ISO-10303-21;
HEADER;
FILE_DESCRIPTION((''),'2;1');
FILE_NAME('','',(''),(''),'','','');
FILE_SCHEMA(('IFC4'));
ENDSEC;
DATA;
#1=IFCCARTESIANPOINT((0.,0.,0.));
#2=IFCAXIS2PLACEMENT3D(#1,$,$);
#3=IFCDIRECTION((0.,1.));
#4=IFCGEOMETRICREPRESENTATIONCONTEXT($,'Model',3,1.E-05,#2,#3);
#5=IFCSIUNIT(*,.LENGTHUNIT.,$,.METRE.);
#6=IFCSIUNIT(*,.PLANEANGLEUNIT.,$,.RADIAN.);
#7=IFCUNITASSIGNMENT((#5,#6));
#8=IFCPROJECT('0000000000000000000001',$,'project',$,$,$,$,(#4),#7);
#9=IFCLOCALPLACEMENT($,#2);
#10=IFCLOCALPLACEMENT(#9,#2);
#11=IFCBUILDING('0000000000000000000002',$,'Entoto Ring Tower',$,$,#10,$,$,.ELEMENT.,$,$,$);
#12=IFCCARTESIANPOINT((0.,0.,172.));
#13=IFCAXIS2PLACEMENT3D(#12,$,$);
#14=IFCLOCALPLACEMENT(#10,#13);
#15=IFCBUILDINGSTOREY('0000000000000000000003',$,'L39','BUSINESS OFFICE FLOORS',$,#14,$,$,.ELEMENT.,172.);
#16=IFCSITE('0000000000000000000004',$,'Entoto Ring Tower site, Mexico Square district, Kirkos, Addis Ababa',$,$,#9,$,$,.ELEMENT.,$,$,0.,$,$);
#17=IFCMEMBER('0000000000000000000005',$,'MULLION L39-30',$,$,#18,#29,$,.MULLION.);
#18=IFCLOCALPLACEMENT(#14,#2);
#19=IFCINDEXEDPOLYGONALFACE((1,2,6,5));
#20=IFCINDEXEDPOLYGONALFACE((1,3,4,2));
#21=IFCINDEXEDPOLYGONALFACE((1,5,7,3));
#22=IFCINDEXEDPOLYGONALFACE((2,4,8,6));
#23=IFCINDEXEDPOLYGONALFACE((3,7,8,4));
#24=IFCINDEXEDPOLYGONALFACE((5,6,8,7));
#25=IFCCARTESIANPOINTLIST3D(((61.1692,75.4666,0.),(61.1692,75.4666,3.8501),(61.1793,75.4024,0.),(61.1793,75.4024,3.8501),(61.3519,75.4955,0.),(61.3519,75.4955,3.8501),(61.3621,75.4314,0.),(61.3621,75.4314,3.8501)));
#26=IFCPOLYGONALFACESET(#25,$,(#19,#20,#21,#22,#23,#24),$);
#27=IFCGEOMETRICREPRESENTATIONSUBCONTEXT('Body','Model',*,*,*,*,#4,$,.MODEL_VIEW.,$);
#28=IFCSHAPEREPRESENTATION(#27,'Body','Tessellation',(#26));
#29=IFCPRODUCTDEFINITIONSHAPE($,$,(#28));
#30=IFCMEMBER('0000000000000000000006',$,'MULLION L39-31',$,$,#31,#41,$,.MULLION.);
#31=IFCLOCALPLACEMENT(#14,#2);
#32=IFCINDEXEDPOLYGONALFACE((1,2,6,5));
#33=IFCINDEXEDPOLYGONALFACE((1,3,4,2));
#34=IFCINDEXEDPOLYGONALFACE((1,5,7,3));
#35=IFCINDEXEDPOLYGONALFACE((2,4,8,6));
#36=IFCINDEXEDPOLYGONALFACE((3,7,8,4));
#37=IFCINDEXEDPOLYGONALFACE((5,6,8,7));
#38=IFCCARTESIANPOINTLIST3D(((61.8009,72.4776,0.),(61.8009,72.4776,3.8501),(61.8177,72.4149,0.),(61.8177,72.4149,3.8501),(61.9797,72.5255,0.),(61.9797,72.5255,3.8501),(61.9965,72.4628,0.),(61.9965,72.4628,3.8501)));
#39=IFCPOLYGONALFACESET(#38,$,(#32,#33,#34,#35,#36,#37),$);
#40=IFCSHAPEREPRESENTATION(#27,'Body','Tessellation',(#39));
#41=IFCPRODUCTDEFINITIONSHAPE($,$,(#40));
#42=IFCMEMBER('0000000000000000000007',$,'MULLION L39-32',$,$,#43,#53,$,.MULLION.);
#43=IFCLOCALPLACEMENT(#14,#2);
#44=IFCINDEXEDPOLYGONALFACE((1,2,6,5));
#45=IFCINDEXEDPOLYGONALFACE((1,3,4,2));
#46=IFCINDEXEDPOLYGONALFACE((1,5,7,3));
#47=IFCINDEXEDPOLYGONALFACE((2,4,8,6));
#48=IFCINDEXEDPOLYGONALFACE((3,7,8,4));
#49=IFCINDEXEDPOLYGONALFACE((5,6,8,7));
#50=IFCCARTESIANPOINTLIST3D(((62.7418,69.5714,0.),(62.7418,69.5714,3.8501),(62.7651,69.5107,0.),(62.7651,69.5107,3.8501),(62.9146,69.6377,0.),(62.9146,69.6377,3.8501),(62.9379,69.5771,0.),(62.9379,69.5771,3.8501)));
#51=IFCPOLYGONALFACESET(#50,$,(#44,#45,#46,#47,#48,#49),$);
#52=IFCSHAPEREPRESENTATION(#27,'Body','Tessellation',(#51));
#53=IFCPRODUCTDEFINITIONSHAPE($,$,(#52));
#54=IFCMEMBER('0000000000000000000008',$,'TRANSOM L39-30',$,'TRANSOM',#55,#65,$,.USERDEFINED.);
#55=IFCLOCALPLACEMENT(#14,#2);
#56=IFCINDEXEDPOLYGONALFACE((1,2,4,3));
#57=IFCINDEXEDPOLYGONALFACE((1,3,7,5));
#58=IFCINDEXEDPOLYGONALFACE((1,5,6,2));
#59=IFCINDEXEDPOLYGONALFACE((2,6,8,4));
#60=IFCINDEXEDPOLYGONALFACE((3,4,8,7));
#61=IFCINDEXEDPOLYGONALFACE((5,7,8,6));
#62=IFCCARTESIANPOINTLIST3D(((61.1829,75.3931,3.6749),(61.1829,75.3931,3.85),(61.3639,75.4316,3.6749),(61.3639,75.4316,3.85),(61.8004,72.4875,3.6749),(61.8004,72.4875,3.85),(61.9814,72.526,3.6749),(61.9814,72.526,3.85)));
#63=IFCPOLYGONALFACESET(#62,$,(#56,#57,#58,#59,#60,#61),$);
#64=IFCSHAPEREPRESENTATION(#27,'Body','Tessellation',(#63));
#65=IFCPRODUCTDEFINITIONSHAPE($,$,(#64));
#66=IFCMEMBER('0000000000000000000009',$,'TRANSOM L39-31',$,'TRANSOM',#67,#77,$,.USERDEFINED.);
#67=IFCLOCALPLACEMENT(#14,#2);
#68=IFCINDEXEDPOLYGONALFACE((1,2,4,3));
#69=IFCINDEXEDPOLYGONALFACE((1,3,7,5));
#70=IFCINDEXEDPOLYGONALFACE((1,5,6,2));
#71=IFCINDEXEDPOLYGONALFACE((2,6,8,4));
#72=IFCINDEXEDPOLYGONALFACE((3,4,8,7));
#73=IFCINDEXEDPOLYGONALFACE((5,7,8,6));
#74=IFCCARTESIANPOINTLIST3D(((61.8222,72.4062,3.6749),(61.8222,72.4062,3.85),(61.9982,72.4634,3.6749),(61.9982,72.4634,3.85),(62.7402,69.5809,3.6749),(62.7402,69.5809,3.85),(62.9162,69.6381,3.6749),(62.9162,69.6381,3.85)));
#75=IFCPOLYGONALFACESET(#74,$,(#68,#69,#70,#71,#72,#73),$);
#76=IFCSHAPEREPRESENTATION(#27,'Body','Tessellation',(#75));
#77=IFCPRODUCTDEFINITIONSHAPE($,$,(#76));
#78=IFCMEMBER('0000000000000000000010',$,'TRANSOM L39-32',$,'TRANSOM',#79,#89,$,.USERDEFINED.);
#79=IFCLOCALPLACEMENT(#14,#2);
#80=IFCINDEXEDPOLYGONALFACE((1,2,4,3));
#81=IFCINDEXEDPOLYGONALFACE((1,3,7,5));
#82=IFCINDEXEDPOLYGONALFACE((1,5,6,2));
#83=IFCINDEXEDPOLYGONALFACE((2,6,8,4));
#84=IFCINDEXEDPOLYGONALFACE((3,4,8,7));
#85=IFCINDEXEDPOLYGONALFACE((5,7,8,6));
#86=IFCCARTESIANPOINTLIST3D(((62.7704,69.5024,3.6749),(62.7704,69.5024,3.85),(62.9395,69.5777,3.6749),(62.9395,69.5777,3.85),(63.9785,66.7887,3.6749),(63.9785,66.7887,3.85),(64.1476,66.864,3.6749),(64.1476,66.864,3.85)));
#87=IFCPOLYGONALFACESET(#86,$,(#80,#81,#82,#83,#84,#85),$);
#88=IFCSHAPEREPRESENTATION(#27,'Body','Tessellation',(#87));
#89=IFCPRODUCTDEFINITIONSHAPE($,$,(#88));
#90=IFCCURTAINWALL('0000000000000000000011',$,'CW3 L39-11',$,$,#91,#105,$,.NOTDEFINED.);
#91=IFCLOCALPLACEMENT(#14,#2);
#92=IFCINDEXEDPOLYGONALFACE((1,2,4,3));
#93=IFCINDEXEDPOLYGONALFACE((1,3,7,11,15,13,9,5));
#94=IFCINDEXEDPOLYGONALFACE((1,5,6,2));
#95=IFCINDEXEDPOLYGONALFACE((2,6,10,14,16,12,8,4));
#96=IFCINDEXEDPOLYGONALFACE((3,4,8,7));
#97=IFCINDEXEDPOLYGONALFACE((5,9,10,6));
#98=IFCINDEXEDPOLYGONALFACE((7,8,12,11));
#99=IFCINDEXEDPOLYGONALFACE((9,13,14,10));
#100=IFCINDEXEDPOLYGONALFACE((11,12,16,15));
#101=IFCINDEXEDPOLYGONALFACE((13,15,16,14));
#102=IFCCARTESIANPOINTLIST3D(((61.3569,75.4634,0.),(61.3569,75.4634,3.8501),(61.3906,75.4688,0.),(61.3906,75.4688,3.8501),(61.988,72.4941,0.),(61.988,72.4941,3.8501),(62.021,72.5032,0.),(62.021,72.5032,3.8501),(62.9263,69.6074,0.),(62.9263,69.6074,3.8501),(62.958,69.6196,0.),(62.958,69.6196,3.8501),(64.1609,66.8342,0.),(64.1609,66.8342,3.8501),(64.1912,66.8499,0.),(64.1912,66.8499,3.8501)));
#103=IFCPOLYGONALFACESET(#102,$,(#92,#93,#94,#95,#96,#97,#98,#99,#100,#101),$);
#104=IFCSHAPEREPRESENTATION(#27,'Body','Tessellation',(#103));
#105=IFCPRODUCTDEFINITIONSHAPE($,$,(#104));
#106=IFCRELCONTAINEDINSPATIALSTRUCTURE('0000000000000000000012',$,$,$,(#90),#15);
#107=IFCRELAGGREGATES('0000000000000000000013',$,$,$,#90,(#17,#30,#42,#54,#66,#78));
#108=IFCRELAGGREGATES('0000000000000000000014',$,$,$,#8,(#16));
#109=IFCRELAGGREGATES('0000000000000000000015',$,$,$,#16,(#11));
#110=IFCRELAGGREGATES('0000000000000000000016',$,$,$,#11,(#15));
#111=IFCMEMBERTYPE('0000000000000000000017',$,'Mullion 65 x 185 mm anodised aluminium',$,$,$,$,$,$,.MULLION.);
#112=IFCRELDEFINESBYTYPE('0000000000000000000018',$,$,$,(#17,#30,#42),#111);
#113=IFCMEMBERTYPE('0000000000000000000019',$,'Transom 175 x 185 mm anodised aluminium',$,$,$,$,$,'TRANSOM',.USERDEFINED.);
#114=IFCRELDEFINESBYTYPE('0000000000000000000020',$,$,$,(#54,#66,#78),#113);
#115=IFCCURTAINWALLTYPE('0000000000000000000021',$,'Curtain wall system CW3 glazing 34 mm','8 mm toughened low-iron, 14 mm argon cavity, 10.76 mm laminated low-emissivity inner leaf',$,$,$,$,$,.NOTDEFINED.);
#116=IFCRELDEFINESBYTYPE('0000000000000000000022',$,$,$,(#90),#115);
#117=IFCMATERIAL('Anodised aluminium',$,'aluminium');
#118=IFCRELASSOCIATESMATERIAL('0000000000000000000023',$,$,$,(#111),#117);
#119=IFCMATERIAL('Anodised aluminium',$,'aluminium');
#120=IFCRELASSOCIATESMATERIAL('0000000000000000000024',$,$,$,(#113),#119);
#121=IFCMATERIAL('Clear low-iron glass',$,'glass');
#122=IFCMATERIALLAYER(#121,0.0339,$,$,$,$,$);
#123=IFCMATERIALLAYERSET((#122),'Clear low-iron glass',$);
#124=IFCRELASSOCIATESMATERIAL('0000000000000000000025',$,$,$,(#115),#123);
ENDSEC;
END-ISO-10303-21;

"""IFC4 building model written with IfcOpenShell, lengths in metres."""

from ifc_helpers import new_model, si_unit, direction, frame, origin, origin_2d, place, context, subcontext, project, spatial, polyline, rectangle, outline, extrude, material, layer, layer_set, material_profile, profile_set, type_object, element, aggregate, save


model = new_model("IFC4")

# Units and contexts
model_context = context("Model", 3, precision=1e-05, world=origin(), true_north=direction((0.0, 1.0)))
body_context = subcontext(model_context, "Body", "Model", "MODEL_VIEW")
ifc_project = project(units=[si_unit("LENGTHUNIT", "METRE"), si_unit("PLANEANGLEUNIT", "RADIAN")], contexts=[model_context])

# Members
ifc_material_1 = material(Name="Anodised aluminium", Category="aluminium")
ifc_material_profile_1 = material_profile(ifc_material_1, rectangle(XDim=0.0649, YDim=0.1851, at=origin_2d()), Name="Mullion 65 x 185 mm anodised aluminium")
ifc_profile_set_1 = profile_set([ifc_material_profile_1], Name="Anodised aluminium")
member_type_1 = type_object("IfcMemberType", Name="Mullion 65 x 185 mm anodised aluminium", PredefinedType="MULLION", material=ifc_profile_set_1)
site_placement = place(None, origin())
building_placement = place(site_placement, origin())
storey_placement = place(building_placement, frame((0.0, 0.0, 172.0)))
member_1_placement = place(storey_placement, frame((61.2656, 75.449, 0.0), z_axis=(0.0, 0.0, 1.0), x_axis=(0.156434, -0.987688, 0.0)))
member_1 = element("IfcMember", 1, at=member_1_placement, type_object=member_type_1, Name="MULLION L39-30", PredefinedType="MULLION", context=body_context, shape_type="SweptSolid", body=[
    extrude(rectangle(XDim=0.0649, YDim=0.1851, at=origin_2d()), origin(), (0.0, 0.0, 1.0), 3.8501),
])
member_2_placement = place(storey_placement, frame((61.8987, 72.4702, 0.0), z_axis=(0.0, 0.0, 1.0), x_axis=(0.258819, -0.965926, 0.0)))
member_2 = element("IfcMember", 2, at=member_2_placement, type_object=member_type_1, Name="MULLION L39-31", PredefinedType="MULLION", context=body_context, shape_type="SweptSolid", body=[
    extrude(rectangle(XDim=0.0649, YDim=0.1851, at=origin_2d()), origin(), (0.0, 0.0, 1.0), 3.8501),
])
member_3_placement = place(storey_placement, frame((62.8398, 69.5742, 0.0), z_axis=(0.0, 0.0, 1.0), x_axis=(0.358368, -0.93358, 0.0)))
member_3 = element("IfcMember", 3, at=member_3_placement, type_object=member_type_1, Name="MULLION L39-32", PredefinedType="MULLION", context=body_context, shape_type="SweptSolid", body=[
    extrude(rectangle(XDim=0.0649, YDim=0.1851, at=origin_2d()), origin(), (0.0, 0.0, 1.0), 3.8501),
])
ifc_material_2 = material(Name="Anodised aluminium", Category="aluminium")
ifc_material_profile_2 = material_profile(ifc_material_2, rectangle(XDim=0.1851, YDim=0.175, at=origin_2d()), Name="Transom 175 x 185 mm anodised aluminium")
ifc_profile_set_2 = profile_set([ifc_material_profile_2], Name="Anodised aluminium")
member_type_2 = type_object("IfcMemberType", Name="Transom 175 x 185 mm anodised aluminium", ElementType="TRANSOM", PredefinedType="USERDEFINED", material=ifc_profile_set_2)
member_4_placement = place(storey_placement, frame((61.2734, 75.4124, 3.7625), z_axis=(0.207862, -0.978158, 0.0), x_axis=(0.978158, 0.207862, 0.0)))
member_4 = element("IfcMember", 4, at=member_4_placement, type_object=member_type_2, Name="TRANSOM L39-30", ObjectType="TRANSOM", PredefinedType="USERDEFINED", context=body_context, shape_type="SweptSolid", body=[
    extrude(rectangle(XDim=0.1851, YDim=0.175, at=origin_2d()), origin(), (0.0, 0.0, 1.0), 2.9705),
])
member_5_placement = place(storey_placement, frame((61.9102, 72.4348, 3.7625), z_axis=(0.309019, -0.951056, 0.0), x_axis=(0.951056, 0.309019, 0.0)))
member_5 = element("IfcMember", 5, at=member_5_placement, type_object=member_type_2, Name="TRANSOM L39-31", ObjectType="TRANSOM", PredefinedType="USERDEFINED", context=body_context, shape_type="SweptSolid", body=[
    extrude(rectangle(XDim=0.1851, YDim=0.175, at=origin_2d()), origin(), (0.0, 0.0, 1.0), 2.9707),
])
member_6_placement = place(storey_placement, frame((62.855, 69.54, 3.7625), z_axis=(0.406687, -0.913567, 0.0), x_axis=(0.913567, 0.406687, 0.0)))
member_6 = element("IfcMember", 6, at=member_6_placement, type_object=member_type_2, Name="TRANSOM L39-32", ObjectType="TRANSOM", PredefinedType="USERDEFINED", context=body_context, shape_type="SweptSolid", body=[
    extrude(rectangle(XDim=0.1851, YDim=0.175, at=origin_2d()), origin(), (0.0, 0.0, 1.0), 2.9705),
])

# Site, building, storey
site = spatial("IfcSite", under=ifc_project, at=site_placement, Name="Entoto Ring Tower site, Mexico Square district, Kirkos, Addis Ababa", CompositionType="ELEMENT", RefElevation=0.0)
building = spatial("IfcBuilding", under=site, at=building_placement, Name="Entoto Ring Tower", CompositionType="ELEMENT")
storey = spatial("IfcBuildingStorey", under=building, at=storey_placement, Name="L39", Description="BUSINESS OFFICE FLOORS", CompositionType="ELEMENT", Elevation=172.0)

# Curtain wall
ifc_material_3 = material(Name="Clear low-iron glass", Category="glass")
ifc_layer = layer(ifc_material_3, 0.0339)
ifc_layer_set = layer_set([ifc_layer], Name="Clear low-iron glass")
curtain_wall_type = type_object("IfcCurtainWallType", Name="Curtain wall system CW3 glazing 34 mm", Description="8 mm toughened low-iron, 14 mm argon cavity, 10.76 mm laminated low-emissivity inner leaf", PredefinedType="NOTDEFINED", material=ifc_layer_set)
curtain_wall_1_placement = place(storey_placement, origin())
curtain_wall_1 = element("IfcCurtainWall", 7, at=curtain_wall_1_placement, inside=storey, type_object=curtain_wall_type, Name="CW3 L39-11", PredefinedType="NOTDEFINED", context=body_context, shape_type="SweptSolid", body=[
    extrude(outline(polyline([(61.3569, 75.4634), (61.988, 72.4941), (62.9263, 69.6074), (64.1609, 66.8342), (64.1912, 66.8499), (62.958, 69.6196), (62.021, 72.5032), (61.3906, 75.4688), (61.3569, 75.4634)])), origin(), (0.0, 0.0, 1.0), 3.8501),
])
aggregate(curtain_wall_1, [member_1, member_2, member_3, member_4, member_5, member_6])

save(model, "model.ifc")
